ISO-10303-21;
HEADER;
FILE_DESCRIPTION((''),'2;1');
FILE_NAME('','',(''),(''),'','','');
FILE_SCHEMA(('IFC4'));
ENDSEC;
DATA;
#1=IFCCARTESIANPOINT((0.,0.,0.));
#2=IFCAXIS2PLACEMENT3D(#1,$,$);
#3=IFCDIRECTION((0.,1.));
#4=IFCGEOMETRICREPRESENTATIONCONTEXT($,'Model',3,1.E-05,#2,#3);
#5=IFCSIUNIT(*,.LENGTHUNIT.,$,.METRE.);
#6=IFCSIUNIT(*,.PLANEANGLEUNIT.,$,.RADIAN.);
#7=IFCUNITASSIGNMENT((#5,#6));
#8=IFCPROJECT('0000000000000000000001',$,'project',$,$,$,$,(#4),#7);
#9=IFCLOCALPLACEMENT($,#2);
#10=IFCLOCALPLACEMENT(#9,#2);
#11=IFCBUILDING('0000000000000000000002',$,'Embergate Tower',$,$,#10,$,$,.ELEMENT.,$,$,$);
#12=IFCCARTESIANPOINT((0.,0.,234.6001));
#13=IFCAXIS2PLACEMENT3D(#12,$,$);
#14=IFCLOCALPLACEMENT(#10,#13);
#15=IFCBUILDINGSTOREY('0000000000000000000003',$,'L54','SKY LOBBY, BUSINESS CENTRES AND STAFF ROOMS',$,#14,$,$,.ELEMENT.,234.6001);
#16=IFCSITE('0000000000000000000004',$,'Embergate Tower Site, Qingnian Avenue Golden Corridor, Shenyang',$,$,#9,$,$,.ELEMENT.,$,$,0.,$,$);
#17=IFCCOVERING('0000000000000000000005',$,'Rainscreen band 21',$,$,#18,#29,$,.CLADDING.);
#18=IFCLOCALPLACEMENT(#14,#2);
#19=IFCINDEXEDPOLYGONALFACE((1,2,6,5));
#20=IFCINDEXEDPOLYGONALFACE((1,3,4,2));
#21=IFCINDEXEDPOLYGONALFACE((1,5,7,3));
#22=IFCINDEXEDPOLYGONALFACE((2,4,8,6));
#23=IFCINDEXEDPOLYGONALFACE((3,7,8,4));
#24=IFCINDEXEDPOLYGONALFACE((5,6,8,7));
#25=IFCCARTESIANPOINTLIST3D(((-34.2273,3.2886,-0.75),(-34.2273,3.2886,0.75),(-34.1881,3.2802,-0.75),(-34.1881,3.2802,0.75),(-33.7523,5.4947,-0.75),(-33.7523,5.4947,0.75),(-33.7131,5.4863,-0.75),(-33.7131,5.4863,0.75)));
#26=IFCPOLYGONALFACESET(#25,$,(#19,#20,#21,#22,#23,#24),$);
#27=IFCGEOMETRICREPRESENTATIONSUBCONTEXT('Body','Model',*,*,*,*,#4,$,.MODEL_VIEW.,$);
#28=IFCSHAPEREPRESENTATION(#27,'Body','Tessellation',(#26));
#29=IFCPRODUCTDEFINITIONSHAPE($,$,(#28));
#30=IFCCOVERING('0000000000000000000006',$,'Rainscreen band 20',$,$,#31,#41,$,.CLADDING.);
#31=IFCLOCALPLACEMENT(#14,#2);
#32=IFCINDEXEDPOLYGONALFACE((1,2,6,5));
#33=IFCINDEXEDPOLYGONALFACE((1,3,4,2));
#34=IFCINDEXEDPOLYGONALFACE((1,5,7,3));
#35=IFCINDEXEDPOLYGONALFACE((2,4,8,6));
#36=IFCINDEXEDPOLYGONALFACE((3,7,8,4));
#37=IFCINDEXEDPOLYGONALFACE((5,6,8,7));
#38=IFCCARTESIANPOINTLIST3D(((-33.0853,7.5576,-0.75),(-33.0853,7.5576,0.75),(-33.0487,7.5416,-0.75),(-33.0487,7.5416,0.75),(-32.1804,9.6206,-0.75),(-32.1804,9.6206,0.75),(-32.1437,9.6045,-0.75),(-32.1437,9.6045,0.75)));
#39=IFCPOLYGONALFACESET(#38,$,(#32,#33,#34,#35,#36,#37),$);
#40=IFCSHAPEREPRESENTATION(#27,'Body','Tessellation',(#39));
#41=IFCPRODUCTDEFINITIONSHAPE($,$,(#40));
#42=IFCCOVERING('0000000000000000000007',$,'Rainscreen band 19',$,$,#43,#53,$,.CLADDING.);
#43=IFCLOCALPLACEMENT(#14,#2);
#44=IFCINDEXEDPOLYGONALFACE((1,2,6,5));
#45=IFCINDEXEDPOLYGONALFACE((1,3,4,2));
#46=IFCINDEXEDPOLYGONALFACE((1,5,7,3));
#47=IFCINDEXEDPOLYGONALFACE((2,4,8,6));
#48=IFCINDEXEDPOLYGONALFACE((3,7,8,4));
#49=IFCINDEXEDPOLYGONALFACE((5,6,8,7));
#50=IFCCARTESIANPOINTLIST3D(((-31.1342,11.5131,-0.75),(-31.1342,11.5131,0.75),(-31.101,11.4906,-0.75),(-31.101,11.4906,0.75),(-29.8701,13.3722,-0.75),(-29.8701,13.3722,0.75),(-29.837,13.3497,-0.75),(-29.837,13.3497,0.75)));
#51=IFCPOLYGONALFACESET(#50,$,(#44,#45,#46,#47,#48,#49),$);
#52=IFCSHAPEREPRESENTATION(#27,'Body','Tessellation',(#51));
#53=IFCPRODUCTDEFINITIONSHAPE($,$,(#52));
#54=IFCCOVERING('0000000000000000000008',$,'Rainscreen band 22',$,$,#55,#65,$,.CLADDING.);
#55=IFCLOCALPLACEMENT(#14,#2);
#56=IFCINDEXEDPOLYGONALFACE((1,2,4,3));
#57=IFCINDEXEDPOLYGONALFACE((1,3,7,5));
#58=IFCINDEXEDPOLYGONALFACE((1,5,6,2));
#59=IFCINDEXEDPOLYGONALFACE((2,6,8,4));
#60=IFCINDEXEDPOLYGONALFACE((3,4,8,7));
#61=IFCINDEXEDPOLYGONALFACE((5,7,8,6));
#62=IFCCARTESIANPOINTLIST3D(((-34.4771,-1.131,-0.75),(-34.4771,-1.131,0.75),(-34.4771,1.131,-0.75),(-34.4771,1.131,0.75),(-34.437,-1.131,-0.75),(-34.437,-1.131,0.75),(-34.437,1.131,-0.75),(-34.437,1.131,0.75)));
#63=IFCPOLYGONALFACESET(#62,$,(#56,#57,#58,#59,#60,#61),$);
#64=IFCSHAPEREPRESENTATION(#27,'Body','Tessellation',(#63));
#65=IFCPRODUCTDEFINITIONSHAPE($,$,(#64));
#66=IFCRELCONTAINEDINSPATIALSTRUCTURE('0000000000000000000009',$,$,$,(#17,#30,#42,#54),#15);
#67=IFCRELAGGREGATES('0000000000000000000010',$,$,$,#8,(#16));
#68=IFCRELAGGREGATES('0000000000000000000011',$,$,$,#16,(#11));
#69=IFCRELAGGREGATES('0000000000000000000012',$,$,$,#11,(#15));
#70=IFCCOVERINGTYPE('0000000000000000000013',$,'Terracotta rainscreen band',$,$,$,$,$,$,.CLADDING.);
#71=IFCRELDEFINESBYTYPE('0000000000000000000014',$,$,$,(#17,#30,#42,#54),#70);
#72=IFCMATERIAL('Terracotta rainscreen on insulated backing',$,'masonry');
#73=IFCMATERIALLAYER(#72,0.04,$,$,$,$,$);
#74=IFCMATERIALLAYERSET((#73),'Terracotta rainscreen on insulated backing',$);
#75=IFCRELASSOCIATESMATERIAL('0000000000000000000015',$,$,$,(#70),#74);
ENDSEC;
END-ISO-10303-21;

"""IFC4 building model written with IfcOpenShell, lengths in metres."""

from ifc_helpers import new_model, si_unit, direction, frame, origin, origin_2d, place, context, subcontext, project, spatial, rectangle, extrude, source, transform, mapped, material, layer, layer_set, type_object, element, save


model = new_model("IFC4")

# Units and contexts
model_context = context("Model", 3, precision=1e-05, world=origin(), true_north=direction((0.0, 1.0)))
body_context = subcontext(model_context, "Body", "Model", "MODEL_VIEW")
ifc_project = project(units=[si_unit("LENGTHUNIT", "METRE"), si_unit("PLANEANGLEUNIT", "RADIAN")], contexts=[model_context])

# Site, building, storey
site_placement = place(None, origin())
site = spatial("IfcSite", under=ifc_project, at=site_placement, Name="Embergate Tower Site, Qingnian Avenue Golden Corridor, Shenyang", CompositionType="ELEMENT", RefElevation=0.0)
building_placement = place(site_placement, origin())
building = spatial("IfcBuilding", under=site, at=building_placement, Name="Embergate Tower", CompositionType="ELEMENT")
storey_placement = place(building_placement, frame((0.0, 0.0, 234.6001)))
storey = spatial("IfcBuildingStorey", under=building, at=storey_placement, Name="L54", Description="SKY LOBBY, BUSINESS CENTRES AND STAFF ROOMS", CompositionType="ELEMENT", Elevation=234.6001)

# Coverings
ifc_material_1 = material(Name="Terracotta rainscreen on insulated backing", Category="masonry")
ifc_layer_1 = layer(ifc_material_1, 0.04)
ifc_layer_set_1 = layer_set([ifc_layer_1], Name="Terracotta rainscreen on insulated backing")
covering_type = type_object("IfcCoveringType", Name="Terracotta rainscreen band", PredefinedType="CLADDING", material=ifc_layer_set_1)
shared_shape_1 = source(origin(), body_context, "Body", "SweptSolid", [
    extrude(rectangle(XDim=2.2566, YDim=0.04, at=origin_2d()), origin(), (0.0, 0.0, 1.0), 1.5),
])
covering_1_placement = place(storey_placement, frame((-33.9702, 4.3875, -0.75), z_axis=(0.0, 0.0, 1.0), x_axis=(-0.210497, -0.977594, 0.0)))
element("IfcCovering", 1, at=covering_1_placement, inside=storey, type_object=covering_type, Name="Rainscreen band 21", PredefinedType="CLADDING", context=body_context, shape_type="MappedRepresentation", body=[
    mapped(shared_shape_1, transform((0.0, 0.0, 0.0))),
])
shared_shape_2 = source(origin(), body_context, "Body", "SweptSolid", [
    extrude(rectangle(XDim=2.2527, YDim=0.04, at=origin_2d()), origin(), (0.0, 0.0, 1.0), 1.5),
])
covering_2_placement = place(storey_placement, frame((-32.6145, 8.5811, -0.75), z_axis=(0.0, 0.0, 1.0), x_axis=(-0.401727, -0.915759, 0.0)))
element("IfcCovering", 2, at=covering_2_placement, inside=storey, type_object=covering_type, Name="Rainscreen band 20", PredefinedType="CLADDING", context=body_context, shape_type="MappedRepresentation", body=[
    mapped(shared_shape_2, transform((0.0, 0.0, 0.0))),
])
shared_shape_3 = source(origin(), body_context, "Body", "SweptSolid", [
    extrude(rectangle(XDim=2.248, YDim=0.04, at=origin_2d()), origin(), (0.0, 0.0, 1.0), 1.5),
])
covering_3_placement = place(storey_placement, frame((-30.4856, 12.4314, -0.75), z_axis=(0.0, 0.0, 1.0), x_axis=(-0.562274, -0.826951, 0.0)))
element("IfcCovering", 3, at=covering_3_placement, inside=storey, type_object=covering_type, Name="Rainscreen band 19", PredefinedType="CLADDING", context=body_context, shape_type="MappedRepresentation", body=[
    mapped(shared_shape_3, transform((0.0, 0.0, 0.0))),
])
shared_shape_4 = source(origin(), body_context, "Body", "SweptSolid", [
    extrude(rectangle(XDim=2.262, YDim=0.04, at=origin_2d()), origin(), (0.0, 0.0, 1.0), 1.5),
])
covering_4_placement = place(storey_placement, frame((-34.457, 0.0, -0.75), z_axis=(0.0, 0.0, 1.0), x_axis=(0.0, -1.0, 0.0)))
element("IfcCovering", 4, at=covering_4_placement, inside=storey, type_object=covering_type, Name="Rainscreen band 22", PredefinedType="CLADDING", context=body_context, shape_type="MappedRepresentation", body=[
    mapped(shared_shape_4, transform((0.0, 0.0, 0.0))),
])

save(model, "model.ifc")
